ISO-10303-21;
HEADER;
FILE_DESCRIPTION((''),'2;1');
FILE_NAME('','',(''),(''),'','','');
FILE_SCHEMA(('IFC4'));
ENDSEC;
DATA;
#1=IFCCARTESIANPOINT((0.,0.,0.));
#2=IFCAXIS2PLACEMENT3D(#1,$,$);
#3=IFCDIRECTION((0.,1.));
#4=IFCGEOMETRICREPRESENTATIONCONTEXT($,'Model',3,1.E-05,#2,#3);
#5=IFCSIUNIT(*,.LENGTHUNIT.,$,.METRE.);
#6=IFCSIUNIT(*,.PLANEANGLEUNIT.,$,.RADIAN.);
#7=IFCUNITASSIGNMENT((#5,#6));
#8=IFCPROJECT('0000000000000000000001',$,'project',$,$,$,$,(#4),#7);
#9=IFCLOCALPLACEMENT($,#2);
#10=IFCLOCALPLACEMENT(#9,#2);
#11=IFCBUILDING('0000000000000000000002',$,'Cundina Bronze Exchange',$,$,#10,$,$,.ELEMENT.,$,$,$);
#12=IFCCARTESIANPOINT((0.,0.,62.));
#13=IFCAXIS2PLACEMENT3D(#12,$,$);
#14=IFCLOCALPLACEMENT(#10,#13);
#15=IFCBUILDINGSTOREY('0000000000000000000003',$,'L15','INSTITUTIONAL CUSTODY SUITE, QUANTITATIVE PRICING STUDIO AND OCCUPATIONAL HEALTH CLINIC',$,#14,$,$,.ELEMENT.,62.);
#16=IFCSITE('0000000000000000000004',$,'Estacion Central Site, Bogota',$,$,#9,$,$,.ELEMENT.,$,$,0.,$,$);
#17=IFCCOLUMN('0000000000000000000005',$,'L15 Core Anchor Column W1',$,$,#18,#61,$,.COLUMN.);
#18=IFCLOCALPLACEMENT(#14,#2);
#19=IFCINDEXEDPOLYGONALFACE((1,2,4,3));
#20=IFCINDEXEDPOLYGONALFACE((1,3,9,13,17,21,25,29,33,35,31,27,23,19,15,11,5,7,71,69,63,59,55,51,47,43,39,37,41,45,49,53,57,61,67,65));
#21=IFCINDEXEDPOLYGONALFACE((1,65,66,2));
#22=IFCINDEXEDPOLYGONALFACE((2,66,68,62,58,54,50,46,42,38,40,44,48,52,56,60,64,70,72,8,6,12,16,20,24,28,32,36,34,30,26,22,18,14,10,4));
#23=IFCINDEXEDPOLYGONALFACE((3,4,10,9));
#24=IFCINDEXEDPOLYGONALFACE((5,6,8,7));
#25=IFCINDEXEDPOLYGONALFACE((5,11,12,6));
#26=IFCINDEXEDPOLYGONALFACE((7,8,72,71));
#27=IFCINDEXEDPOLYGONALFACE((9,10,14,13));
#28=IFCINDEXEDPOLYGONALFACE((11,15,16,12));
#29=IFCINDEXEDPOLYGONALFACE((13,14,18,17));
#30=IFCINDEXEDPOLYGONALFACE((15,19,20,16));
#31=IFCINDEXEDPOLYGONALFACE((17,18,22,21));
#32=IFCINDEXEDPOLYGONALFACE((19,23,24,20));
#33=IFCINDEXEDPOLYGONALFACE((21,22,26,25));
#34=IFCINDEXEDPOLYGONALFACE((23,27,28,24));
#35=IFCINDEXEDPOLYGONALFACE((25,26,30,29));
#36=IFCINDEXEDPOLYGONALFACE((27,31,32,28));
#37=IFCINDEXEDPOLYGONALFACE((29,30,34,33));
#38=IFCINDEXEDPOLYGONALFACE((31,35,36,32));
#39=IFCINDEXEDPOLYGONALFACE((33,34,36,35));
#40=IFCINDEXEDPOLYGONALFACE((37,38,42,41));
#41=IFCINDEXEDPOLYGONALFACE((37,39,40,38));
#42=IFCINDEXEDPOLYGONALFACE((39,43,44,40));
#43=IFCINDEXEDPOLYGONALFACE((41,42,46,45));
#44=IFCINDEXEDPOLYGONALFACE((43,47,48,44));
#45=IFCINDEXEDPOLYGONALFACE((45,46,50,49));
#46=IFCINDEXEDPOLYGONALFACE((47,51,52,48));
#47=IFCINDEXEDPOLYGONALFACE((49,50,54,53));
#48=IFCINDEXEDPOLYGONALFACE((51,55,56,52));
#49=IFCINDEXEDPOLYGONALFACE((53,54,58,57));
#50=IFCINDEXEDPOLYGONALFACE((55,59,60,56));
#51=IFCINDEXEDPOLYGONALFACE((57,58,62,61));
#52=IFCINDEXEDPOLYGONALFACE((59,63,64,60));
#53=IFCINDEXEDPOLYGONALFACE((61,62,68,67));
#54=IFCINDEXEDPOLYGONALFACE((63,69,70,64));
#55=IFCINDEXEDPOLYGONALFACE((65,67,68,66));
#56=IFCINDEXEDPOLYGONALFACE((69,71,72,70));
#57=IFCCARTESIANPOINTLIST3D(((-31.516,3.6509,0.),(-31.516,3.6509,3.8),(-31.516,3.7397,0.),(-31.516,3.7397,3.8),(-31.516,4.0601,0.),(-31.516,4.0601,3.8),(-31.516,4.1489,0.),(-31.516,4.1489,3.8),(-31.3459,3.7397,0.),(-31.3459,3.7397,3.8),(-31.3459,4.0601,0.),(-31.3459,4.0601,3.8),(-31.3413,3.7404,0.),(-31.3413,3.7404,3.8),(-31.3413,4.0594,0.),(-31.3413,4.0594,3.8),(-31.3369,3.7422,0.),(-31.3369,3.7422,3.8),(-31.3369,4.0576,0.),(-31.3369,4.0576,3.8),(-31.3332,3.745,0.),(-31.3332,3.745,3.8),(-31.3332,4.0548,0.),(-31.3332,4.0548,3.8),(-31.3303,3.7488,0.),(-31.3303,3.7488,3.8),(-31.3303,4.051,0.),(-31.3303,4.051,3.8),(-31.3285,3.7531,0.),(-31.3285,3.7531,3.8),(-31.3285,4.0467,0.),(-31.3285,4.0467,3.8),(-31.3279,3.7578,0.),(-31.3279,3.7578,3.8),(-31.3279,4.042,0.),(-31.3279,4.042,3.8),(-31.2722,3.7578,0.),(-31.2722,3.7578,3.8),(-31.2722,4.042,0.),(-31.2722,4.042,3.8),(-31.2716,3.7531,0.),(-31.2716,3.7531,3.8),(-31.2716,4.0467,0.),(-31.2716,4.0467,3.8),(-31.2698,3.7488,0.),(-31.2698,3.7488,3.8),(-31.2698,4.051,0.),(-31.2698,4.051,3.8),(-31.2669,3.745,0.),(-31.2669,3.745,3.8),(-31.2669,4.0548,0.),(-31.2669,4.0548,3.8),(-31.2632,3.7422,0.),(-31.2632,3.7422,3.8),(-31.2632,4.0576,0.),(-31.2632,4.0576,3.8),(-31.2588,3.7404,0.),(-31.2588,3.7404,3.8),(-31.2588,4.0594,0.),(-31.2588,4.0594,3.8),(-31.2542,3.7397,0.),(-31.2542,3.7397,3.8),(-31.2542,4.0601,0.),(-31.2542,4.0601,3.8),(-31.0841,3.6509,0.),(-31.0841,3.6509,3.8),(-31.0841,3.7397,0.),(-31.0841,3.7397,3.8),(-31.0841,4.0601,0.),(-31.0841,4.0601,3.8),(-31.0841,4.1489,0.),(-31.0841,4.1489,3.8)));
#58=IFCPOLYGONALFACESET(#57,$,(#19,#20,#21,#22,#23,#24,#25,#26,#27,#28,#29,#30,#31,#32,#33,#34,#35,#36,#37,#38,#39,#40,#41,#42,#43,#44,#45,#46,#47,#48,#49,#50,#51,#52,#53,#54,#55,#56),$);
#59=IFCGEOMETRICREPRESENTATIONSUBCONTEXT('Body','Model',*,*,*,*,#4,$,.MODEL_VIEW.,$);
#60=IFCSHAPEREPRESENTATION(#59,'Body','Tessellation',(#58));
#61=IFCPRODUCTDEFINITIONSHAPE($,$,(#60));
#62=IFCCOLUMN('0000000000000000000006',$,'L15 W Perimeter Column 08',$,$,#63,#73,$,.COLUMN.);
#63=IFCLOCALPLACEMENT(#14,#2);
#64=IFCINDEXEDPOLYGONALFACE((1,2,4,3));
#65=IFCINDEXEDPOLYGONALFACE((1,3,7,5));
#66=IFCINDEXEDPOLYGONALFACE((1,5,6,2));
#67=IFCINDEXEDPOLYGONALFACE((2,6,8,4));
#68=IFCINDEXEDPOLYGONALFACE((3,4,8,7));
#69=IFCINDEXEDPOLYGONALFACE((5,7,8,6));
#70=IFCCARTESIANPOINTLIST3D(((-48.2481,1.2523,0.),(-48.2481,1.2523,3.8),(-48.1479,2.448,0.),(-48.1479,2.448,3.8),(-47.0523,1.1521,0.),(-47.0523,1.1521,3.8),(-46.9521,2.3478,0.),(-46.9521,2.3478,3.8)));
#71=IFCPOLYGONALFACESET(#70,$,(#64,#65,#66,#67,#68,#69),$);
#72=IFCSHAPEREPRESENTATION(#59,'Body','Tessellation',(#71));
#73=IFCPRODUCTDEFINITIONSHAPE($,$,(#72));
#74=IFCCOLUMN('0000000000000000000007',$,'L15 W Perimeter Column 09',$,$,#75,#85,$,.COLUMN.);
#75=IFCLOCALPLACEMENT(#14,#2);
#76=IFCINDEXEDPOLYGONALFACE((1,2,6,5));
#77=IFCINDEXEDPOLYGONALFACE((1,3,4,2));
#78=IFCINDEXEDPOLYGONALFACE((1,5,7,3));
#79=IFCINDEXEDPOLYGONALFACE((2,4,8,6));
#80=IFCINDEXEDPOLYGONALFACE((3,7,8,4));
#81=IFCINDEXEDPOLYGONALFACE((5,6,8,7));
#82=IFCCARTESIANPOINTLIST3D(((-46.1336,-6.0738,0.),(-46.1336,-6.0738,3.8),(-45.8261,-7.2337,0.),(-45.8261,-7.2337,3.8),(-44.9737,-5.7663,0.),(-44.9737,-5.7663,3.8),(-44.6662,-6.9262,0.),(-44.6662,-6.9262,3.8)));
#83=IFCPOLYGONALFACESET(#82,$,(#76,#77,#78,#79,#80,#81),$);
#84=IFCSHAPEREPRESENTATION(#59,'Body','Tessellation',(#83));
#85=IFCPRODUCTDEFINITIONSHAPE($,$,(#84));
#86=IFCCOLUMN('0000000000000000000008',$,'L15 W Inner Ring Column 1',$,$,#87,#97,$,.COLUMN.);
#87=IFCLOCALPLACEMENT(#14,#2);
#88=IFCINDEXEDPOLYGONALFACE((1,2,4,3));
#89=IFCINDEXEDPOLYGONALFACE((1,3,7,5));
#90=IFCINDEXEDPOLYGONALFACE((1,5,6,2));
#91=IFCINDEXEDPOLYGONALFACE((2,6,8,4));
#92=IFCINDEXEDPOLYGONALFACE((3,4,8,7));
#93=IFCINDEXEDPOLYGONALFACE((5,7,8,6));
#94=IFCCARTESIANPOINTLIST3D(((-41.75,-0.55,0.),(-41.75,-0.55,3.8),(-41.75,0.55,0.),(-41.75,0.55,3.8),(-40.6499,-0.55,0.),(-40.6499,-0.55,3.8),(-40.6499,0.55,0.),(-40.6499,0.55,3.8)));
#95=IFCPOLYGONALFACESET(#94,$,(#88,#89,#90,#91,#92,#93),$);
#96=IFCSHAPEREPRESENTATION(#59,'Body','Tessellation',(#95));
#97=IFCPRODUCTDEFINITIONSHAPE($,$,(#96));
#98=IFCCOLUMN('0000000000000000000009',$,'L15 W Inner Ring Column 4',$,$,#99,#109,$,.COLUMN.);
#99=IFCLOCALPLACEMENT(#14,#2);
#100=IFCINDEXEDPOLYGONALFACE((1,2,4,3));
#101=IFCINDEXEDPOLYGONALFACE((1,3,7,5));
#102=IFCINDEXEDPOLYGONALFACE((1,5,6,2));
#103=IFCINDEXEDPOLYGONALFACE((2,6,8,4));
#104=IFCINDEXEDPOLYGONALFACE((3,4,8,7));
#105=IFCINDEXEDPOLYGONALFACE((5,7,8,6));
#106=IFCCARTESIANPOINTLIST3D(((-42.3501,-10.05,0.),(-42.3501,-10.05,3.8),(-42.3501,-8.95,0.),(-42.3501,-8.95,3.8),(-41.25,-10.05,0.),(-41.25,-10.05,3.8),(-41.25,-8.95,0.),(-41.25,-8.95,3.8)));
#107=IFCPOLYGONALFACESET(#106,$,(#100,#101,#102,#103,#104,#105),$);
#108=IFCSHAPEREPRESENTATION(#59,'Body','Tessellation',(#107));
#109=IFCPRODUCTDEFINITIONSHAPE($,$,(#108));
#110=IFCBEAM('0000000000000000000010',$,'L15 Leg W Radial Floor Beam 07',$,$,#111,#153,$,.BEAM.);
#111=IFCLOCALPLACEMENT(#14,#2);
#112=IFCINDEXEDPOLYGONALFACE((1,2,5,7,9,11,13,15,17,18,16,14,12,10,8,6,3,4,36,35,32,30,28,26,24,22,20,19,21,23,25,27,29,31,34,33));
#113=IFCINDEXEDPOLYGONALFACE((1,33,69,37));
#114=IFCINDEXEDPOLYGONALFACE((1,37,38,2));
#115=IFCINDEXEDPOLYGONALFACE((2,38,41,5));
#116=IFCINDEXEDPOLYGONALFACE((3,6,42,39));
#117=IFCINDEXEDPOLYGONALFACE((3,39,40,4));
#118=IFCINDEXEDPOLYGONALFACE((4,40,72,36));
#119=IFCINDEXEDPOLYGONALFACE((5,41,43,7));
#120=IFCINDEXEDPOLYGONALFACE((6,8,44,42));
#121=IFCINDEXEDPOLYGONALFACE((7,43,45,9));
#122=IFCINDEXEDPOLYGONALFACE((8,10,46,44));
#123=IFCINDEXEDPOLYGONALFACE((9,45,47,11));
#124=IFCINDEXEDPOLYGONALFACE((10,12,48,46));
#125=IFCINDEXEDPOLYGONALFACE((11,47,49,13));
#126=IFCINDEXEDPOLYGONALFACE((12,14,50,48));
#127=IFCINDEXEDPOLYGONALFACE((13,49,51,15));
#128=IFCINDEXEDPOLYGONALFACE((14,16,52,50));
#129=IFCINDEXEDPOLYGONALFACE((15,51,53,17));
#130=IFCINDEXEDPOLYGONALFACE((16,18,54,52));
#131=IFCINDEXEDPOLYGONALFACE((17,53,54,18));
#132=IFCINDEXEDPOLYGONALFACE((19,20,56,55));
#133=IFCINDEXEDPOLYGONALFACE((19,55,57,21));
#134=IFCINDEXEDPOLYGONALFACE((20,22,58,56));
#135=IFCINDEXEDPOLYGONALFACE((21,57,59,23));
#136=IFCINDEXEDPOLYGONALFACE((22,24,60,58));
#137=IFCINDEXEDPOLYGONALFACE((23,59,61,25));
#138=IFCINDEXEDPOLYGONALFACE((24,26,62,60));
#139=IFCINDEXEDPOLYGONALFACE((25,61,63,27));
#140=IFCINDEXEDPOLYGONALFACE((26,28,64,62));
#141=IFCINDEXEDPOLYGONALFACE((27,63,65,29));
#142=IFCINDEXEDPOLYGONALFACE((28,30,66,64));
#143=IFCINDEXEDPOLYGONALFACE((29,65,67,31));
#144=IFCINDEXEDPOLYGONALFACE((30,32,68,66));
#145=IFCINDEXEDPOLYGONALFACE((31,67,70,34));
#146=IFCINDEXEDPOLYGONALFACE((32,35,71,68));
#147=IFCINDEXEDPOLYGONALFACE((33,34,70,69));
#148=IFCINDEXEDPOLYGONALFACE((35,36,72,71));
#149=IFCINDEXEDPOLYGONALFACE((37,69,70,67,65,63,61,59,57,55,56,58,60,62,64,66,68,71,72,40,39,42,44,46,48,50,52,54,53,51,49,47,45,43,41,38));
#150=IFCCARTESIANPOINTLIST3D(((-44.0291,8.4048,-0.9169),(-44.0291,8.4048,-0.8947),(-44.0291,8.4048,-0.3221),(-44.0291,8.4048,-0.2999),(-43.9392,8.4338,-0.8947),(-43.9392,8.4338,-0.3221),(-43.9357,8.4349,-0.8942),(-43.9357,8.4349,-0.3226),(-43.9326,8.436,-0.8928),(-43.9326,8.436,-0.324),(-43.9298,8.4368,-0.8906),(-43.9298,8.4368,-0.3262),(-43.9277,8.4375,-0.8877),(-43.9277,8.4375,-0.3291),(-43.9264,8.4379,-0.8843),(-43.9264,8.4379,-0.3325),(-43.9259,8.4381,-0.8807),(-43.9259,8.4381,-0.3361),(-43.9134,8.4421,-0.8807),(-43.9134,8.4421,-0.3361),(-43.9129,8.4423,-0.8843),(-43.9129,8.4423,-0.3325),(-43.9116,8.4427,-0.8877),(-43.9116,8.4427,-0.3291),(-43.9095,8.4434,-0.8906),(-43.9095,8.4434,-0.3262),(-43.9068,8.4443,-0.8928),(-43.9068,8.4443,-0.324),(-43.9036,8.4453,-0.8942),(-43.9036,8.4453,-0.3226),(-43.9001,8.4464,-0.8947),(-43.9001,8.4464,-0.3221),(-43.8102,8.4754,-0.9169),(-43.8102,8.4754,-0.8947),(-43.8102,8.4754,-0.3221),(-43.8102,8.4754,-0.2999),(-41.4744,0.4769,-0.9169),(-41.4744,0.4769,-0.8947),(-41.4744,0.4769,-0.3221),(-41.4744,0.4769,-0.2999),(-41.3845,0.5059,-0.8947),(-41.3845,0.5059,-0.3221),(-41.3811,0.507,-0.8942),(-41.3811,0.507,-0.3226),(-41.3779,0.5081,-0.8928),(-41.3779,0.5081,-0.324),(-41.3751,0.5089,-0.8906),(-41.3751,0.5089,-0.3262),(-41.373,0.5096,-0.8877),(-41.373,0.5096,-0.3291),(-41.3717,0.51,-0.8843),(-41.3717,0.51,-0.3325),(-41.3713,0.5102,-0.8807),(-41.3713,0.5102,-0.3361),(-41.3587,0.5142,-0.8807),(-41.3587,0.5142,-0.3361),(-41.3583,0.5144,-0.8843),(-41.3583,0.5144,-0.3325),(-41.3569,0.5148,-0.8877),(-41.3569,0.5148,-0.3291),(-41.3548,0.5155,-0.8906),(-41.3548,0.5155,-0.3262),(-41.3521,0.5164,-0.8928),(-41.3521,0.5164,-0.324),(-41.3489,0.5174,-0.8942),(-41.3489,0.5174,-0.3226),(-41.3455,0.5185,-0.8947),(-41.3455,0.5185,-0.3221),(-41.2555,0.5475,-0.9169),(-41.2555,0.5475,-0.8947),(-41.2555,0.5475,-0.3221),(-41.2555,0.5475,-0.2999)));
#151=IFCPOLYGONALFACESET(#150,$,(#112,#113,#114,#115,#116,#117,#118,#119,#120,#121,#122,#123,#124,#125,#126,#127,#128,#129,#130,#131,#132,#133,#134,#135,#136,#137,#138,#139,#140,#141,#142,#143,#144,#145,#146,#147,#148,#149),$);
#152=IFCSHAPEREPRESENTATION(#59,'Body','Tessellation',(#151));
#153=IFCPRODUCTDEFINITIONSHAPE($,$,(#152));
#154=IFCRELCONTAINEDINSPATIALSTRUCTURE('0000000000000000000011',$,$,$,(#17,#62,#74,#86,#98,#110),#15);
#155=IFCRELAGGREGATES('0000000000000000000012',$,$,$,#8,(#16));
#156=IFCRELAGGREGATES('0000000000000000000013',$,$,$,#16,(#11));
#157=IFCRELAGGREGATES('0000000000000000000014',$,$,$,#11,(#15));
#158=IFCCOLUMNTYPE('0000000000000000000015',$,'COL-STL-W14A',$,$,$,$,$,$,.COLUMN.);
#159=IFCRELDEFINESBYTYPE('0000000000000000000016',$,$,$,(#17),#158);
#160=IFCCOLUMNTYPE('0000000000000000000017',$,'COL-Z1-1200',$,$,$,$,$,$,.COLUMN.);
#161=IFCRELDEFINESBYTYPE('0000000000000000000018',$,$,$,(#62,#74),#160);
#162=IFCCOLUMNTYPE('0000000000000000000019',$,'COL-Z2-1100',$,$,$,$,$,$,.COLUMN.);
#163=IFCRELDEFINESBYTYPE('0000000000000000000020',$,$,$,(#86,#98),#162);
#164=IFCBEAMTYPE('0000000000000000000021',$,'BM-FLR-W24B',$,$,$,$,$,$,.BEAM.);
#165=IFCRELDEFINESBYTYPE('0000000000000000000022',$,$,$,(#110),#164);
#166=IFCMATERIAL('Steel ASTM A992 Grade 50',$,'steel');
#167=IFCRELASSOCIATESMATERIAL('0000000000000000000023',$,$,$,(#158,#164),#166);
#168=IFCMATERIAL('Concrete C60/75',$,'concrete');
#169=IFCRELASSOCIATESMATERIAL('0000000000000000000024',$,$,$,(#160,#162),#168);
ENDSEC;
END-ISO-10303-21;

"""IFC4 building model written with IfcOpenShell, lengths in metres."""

from ifc_helpers import new_model, si_unit, direction, frame, origin, origin_2d, place, context, subcontext, project, spatial, rectangle, i_section, extrude, material, material_profile, profile_set, type_object, element, save


model = new_model("IFC4")

# Units and contexts
model_context = context("Model", 3, precision=1e-05, world=origin(), true_north=direction((0.0, 1.0)))
body_context = subcontext(model_context, "Body", "Model", "MODEL_VIEW")
ifc_project = project(units=[si_unit("LENGTHUNIT", "METRE"), si_unit("PLANEANGLEUNIT", "RADIAN")], contexts=[model_context])

# Site, building, storey
site_placement = place(None, origin())
site = spatial("IfcSite", under=ifc_project, at=site_placement, Name="Estacion Central Site, Bogota", CompositionType="ELEMENT", RefElevation=0.0)
building_placement = place(site_placement, origin())
building = spatial("IfcBuilding", under=site, at=building_placement, Name="Cundina Bronze Exchange", CompositionType="ELEMENT")
storey_placement = place(building_placement, frame((0.0, 0.0, 62.0)))
storey = spatial("IfcBuildingStorey", under=building, at=storey_placement, Name="L15", Description="INSTITUTIONAL CUSTODY SUITE, QUANTITATIVE PRICING STUDIO AND OCCUPATIONAL HEALTH CLINIC", CompositionType="ELEMENT", Elevation=62.0)

# Columns
ifc_material_1 = material(Name="Steel ASTM A992 Grade 50", Category="steel")
ifc_material_profile_1 = material_profile(ifc_material_1, i_section(OverallWidth=0.4319, OverallDepth=0.498, WebThickness=0.0557, FlangeThickness=0.0889, FilletRadius=0.0181, at=origin_2d()), Name="W14X500", Category="steel")
ifc_profile_set_1 = profile_set([ifc_material_profile_1], Name="Steel ASTM A992 Grade 50")
column_type_1 = type_object("IfcColumnType", Name="COL-STL-W14A", PredefinedType="COLUMN", material=ifc_profile_set_1)
column_placement = place(storey_placement, frame((-31.3, 3.8999, 0.0), z_axis=(0.0, 0.0, 1.0), x_axis=(1.0, 0.0, 0.0)))
element("IfcColumn", 1, at=column_placement, inside=storey, type_object=column_type_1, Name="L15 Core Anchor Column W1", PredefinedType="COLUMN", context=body_context, shape_type="SweptSolid", body=[
    extrude(i_section(OverallWidth=0.4319, OverallDepth=0.498, WebThickness=0.0557, FlangeThickness=0.0889, FilletRadius=0.0181, at=origin_2d()), origin(), (0.0, 0.0, 1.0), 3.8),
])
ifc_material_2 = material(Name="Concrete C60/75", Category="concrete")
ifc_material_profile_2 = material_profile(ifc_material_2, rectangle(XDim=1.2, YDim=1.2, at=origin_2d()), Name="RC1200X1200", Category="concrete")
ifc_profile_set_2 = profile_set([ifc_material_profile_2], Name="Concrete C60/75")
column_type_2 = type_object("IfcColumnType", Name="COL-Z1-1200", PredefinedType="COLUMN", material=ifc_profile_set_2)
for number, where, z_axis, x_axis, name in (
    (2, (-47.6001, 1.8, 0.0), (0.0, 0.0, 1.0), (-0.083504, -0.996507, 0.0), "L15 W Perimeter Column 08"),
    (3, (-45.3999, -6.5, 0.0), (0.0, 0.0, 1.0), (0.256289, -0.9666, 0.0), "L15 W Perimeter Column 09"),
):
    element("IfcColumn", number, at=place(storey_placement, frame(where, z_axis=z_axis, x_axis=x_axis)), inside=storey, type_object=column_type_2, Name=name, PredefinedType="COLUMN", context=body_context, shape_type="SweptSolid", body=[
        extrude(rectangle(XDim=1.2, YDim=1.2, at=origin_2d()), origin(), (0.0, 0.0, 1.0), 3.8),
    ])
ifc_material_profile_3 = material_profile(ifc_material_2, rectangle(XDim=1.1001, YDim=1.1001, at=origin_2d()), Name="RC1100X1100", Category="concrete")
ifc_profile_set_3 = profile_set([ifc_material_profile_3], Name="Concrete C60/75")
column_type_3 = type_object("IfcColumnType", Name="COL-Z2-1100", PredefinedType="COLUMN", material=ifc_profile_set_3)
for number, where, z_axis, x_axis, name in (
    (4, (-41.2, 0.0, 0.0), (0.0, 0.0, 1.0), (1.0, 0.0, 0.0), "L15 W Inner Ring Column 1"),
    (5, (-41.8, -9.5, 0.0), (0.0, 0.0, 1.0), (1.0, 0.0, 0.0), "L15 W Inner Ring Column 4"),
):
    element("IfcColumn", number, at=place(storey_placement, frame(where, z_axis=z_axis, x_axis=x_axis)), inside=storey, type_object=column_type_3, Name=name, PredefinedType="COLUMN", context=body_context, shape_type="SweptSolid", body=[
        extrude(rectangle(XDim=1.1001, YDim=1.1001, at=origin_2d()), origin(), (0.0, 0.0, 1.0), 3.8),
    ])

# Beam
ifc_material_profile_4 = material_profile(ifc_material_1, i_section(OverallWidth=0.23, OverallDepth=0.6169, WebThickness=0.0132, FlangeThickness=0.0222, FilletRadius=0.0139, at=origin_2d()), Name="W24X94", Category="steel")
ifc_profile_set_4 = profile_set([ifc_material_profile_4], Name="Steel ASTM A992 Grade 50")
beam_type_1 = type_object("IfcBeamType", Name="BM-FLR-W24B", PredefinedType="BEAM", material=ifc_profile_set_4)
beam_1_placement = place(storey_placement, frame((-41.365, 0.5122, -0.6084), z_axis=(-0.306706, 0.951804, 0.0), x_axis=(-0.951804, -0.306706, 0.0)))
element("IfcBeam", 6, at=beam_1_placement, inside=storey, type_object=beam_type_1, Name="L15 Leg W Radial Floor Beam 07", PredefinedType="BEAM", context=body_context, shape_type="SweptSolid", body=[
    extrude(i_section(OverallWidth=0.23, OverallDepth=0.6169, WebThickness=0.0132, FlangeThickness=0.0222, FilletRadius=0.0139, at=origin_2d()), origin(), (0.0, 0.0, 1.0), 8.3293),
])

save(model, "model.ifc")
